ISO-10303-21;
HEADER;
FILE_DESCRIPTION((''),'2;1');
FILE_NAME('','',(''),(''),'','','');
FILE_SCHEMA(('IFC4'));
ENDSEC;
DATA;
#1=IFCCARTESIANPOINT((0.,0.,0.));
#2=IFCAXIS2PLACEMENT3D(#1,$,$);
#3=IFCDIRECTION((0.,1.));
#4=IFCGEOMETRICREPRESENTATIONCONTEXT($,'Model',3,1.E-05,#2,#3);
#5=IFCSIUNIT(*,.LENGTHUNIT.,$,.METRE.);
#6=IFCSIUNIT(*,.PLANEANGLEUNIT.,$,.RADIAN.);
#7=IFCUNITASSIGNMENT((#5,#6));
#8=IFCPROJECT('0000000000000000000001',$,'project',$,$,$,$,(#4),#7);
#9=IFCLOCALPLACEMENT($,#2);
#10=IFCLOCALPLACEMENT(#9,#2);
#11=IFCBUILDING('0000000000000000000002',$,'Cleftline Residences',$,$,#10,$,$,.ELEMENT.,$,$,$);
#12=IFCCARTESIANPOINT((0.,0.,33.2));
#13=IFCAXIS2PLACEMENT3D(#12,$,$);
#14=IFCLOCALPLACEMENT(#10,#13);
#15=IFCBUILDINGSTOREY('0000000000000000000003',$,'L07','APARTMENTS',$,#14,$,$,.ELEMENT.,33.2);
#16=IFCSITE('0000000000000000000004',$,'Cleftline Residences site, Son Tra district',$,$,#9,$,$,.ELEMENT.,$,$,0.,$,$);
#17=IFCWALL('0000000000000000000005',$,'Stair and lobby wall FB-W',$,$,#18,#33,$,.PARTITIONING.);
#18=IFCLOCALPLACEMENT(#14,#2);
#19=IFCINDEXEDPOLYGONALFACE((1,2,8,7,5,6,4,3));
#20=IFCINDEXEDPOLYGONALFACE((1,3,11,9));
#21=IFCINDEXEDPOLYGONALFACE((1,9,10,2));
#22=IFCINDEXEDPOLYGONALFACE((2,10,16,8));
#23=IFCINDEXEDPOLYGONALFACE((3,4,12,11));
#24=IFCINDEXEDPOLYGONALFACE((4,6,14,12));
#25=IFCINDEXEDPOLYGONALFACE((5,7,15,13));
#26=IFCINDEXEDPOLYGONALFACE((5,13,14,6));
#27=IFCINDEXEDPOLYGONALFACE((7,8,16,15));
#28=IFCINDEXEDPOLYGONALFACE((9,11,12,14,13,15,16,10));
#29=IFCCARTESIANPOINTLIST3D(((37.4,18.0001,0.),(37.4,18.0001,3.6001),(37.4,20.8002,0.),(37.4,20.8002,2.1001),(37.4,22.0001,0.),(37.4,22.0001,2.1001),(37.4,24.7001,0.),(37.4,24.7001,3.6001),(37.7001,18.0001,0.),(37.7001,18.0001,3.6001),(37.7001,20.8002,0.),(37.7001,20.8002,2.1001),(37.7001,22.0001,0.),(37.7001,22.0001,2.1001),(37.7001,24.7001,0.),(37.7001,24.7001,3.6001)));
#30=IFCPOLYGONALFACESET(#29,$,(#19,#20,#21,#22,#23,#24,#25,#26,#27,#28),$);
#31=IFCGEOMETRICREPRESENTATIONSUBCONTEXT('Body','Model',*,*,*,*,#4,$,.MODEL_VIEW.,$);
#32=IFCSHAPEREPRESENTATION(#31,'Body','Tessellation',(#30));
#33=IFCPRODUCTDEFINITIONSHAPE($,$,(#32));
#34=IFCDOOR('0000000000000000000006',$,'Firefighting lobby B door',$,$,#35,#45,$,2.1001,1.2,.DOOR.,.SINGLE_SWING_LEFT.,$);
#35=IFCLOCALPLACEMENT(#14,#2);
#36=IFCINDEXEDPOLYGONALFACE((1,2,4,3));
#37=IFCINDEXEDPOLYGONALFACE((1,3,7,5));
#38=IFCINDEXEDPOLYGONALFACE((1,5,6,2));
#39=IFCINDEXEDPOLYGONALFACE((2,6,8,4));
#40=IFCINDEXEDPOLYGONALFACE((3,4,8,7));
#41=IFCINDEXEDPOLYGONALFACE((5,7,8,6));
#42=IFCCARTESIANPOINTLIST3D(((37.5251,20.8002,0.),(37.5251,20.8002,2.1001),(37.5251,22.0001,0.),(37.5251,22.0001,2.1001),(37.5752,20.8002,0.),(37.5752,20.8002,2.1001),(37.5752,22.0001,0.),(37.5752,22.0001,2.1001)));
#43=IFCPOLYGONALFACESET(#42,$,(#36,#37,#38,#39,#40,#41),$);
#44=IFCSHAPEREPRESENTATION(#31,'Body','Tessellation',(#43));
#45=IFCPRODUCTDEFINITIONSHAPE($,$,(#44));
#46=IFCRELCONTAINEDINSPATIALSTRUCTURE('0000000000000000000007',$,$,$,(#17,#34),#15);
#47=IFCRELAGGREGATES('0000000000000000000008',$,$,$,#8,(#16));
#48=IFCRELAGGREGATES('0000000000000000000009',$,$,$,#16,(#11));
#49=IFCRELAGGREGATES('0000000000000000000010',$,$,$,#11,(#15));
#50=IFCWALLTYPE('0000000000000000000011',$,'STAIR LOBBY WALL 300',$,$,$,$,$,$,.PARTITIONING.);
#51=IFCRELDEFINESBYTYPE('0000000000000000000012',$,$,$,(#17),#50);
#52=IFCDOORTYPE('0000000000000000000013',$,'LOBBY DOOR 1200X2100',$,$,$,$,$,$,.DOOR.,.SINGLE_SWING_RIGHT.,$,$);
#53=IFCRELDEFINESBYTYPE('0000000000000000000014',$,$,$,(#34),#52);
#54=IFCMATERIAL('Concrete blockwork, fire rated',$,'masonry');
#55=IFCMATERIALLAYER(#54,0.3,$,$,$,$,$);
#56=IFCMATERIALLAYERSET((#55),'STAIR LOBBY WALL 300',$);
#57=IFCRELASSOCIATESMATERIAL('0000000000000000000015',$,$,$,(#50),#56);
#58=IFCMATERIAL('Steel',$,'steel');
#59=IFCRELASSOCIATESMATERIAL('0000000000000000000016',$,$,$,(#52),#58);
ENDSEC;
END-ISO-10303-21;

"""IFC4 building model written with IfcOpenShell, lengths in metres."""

from ifc_helpers import new_model, si_unit, direction, frame, frame_2d, origin, place, context, subcontext, project, spatial, rectangle, extrude, material, layer, layer_set, type_object, element, fill, save


model = new_model("IFC4")

# Units and contexts
model_context = context("Model", 3, precision=1e-05, world=origin(), true_north=direction((0.0, 1.0)))
body_context = subcontext(model_context, "Body", "Model", "MODEL_VIEW")
ifc_project = project(units=[si_unit("LENGTHUNIT", "METRE"), si_unit("PLANEANGLEUNIT", "RADIAN")], contexts=[model_context])

# Site, building, storey
site_placement = place(None, origin())
site = spatial("IfcSite", under=ifc_project, at=site_placement, Name="Cleftline Residences site, Son Tra district", CompositionType="ELEMENT", RefElevation=0.0)
building_placement = place(site_placement, origin())
building = spatial("IfcBuilding", under=site, at=building_placement, Name="Cleftline Residences", CompositionType="ELEMENT")
storey_placement = place(building_placement, frame((0.0, 0.0, 33.2)))
storey = spatial("IfcBuildingStorey", under=building, at=storey_placement, Name="L07", Description="APARTMENTS", CompositionType="ELEMENT", Elevation=33.2)

# Wall, opening, door
ifc_material_1 = material(Name="Concrete blockwork, fire rated", Category="masonry")
ifc_layer_1 = layer(ifc_material_1, 0.3)
ifc_layer_set_1 = layer_set([ifc_layer_1], Name="STAIR LOBBY WALL 300")
wall_type_1 = type_object("IfcWallType", Name="STAIR LOBBY WALL 300", PredefinedType="PARTITIONING", material=ifc_layer_set_1)
ifc_material_2 = material(Name="Steel", Category="steel")
door_type_1 = type_object("IfcDoorType", Name="LOBBY DOOR 1200X2100", OperationType="SINGLE_SWING_RIGHT", PredefinedType="DOOR", material=ifc_material_2)
wall_1_placement = place(storey_placement, frame((37.55, 18.0, 0.0), z_axis=(0.0, 0.0, 1.0), x_axis=(0.0, 1.0, 0.0)))
wall_1 = element("IfcWall", 1, at=wall_1_placement, inside=storey, type_object=wall_type_1, Name="Stair and lobby wall FB-W", PredefinedType="PARTITIONING", context=body_context, shape_type="SweptSolid", body=[
    extrude(rectangle(XDim=6.7, YDim=0.3, at=frame_2d((3.3501, 0.0))), origin(), (0.0, 0.0, 1.0), 3.6001),
])
opening_1_placement = place(wall_1_placement, frame((2.8, 0.0, 0.0)))
opening_1 = element("IfcOpeningElement", 2, at=opening_1_placement, cuts=wall_1, PredefinedType="OPENING", context=body_context, shape_type="SweptSolid", body=[
    extrude(rectangle(XDim=1.2, YDim=2.1001, at=frame_2d((0.6001, 1.05))), frame((0.0, 0.1599, 0.0), z_axis=(0.0, -1.0, 0.0), x_axis=(1.0, 0.0, 0.0)), (0.0, 0.0, 1.0), 0.3201),
])
door_1_placement = place(opening_1_placement, origin())
door_1 = element("IfcDoor", 3, at=door_1_placement, inside=storey, type_object=door_type_1, Name="Firefighting lobby B door", OperationType="SINGLE_SWING_LEFT", OverallHeight=2.1001, OverallWidth=1.2, PredefinedType="DOOR", context=body_context, shape_type="SweptSolid", body=[
    extrude(rectangle(XDim=1.2, YDim=2.1001, at=frame_2d((0.6001, 1.05))), frame((0.0, 0.0249, 0.0), z_axis=(0.0, -1.0, 0.0), x_axis=(1.0, 0.0, 0.0)), (0.0, 0.0, 1.0), 0.05),
])
fill(opening_1, door_1)

save(model, "model.ifc")
